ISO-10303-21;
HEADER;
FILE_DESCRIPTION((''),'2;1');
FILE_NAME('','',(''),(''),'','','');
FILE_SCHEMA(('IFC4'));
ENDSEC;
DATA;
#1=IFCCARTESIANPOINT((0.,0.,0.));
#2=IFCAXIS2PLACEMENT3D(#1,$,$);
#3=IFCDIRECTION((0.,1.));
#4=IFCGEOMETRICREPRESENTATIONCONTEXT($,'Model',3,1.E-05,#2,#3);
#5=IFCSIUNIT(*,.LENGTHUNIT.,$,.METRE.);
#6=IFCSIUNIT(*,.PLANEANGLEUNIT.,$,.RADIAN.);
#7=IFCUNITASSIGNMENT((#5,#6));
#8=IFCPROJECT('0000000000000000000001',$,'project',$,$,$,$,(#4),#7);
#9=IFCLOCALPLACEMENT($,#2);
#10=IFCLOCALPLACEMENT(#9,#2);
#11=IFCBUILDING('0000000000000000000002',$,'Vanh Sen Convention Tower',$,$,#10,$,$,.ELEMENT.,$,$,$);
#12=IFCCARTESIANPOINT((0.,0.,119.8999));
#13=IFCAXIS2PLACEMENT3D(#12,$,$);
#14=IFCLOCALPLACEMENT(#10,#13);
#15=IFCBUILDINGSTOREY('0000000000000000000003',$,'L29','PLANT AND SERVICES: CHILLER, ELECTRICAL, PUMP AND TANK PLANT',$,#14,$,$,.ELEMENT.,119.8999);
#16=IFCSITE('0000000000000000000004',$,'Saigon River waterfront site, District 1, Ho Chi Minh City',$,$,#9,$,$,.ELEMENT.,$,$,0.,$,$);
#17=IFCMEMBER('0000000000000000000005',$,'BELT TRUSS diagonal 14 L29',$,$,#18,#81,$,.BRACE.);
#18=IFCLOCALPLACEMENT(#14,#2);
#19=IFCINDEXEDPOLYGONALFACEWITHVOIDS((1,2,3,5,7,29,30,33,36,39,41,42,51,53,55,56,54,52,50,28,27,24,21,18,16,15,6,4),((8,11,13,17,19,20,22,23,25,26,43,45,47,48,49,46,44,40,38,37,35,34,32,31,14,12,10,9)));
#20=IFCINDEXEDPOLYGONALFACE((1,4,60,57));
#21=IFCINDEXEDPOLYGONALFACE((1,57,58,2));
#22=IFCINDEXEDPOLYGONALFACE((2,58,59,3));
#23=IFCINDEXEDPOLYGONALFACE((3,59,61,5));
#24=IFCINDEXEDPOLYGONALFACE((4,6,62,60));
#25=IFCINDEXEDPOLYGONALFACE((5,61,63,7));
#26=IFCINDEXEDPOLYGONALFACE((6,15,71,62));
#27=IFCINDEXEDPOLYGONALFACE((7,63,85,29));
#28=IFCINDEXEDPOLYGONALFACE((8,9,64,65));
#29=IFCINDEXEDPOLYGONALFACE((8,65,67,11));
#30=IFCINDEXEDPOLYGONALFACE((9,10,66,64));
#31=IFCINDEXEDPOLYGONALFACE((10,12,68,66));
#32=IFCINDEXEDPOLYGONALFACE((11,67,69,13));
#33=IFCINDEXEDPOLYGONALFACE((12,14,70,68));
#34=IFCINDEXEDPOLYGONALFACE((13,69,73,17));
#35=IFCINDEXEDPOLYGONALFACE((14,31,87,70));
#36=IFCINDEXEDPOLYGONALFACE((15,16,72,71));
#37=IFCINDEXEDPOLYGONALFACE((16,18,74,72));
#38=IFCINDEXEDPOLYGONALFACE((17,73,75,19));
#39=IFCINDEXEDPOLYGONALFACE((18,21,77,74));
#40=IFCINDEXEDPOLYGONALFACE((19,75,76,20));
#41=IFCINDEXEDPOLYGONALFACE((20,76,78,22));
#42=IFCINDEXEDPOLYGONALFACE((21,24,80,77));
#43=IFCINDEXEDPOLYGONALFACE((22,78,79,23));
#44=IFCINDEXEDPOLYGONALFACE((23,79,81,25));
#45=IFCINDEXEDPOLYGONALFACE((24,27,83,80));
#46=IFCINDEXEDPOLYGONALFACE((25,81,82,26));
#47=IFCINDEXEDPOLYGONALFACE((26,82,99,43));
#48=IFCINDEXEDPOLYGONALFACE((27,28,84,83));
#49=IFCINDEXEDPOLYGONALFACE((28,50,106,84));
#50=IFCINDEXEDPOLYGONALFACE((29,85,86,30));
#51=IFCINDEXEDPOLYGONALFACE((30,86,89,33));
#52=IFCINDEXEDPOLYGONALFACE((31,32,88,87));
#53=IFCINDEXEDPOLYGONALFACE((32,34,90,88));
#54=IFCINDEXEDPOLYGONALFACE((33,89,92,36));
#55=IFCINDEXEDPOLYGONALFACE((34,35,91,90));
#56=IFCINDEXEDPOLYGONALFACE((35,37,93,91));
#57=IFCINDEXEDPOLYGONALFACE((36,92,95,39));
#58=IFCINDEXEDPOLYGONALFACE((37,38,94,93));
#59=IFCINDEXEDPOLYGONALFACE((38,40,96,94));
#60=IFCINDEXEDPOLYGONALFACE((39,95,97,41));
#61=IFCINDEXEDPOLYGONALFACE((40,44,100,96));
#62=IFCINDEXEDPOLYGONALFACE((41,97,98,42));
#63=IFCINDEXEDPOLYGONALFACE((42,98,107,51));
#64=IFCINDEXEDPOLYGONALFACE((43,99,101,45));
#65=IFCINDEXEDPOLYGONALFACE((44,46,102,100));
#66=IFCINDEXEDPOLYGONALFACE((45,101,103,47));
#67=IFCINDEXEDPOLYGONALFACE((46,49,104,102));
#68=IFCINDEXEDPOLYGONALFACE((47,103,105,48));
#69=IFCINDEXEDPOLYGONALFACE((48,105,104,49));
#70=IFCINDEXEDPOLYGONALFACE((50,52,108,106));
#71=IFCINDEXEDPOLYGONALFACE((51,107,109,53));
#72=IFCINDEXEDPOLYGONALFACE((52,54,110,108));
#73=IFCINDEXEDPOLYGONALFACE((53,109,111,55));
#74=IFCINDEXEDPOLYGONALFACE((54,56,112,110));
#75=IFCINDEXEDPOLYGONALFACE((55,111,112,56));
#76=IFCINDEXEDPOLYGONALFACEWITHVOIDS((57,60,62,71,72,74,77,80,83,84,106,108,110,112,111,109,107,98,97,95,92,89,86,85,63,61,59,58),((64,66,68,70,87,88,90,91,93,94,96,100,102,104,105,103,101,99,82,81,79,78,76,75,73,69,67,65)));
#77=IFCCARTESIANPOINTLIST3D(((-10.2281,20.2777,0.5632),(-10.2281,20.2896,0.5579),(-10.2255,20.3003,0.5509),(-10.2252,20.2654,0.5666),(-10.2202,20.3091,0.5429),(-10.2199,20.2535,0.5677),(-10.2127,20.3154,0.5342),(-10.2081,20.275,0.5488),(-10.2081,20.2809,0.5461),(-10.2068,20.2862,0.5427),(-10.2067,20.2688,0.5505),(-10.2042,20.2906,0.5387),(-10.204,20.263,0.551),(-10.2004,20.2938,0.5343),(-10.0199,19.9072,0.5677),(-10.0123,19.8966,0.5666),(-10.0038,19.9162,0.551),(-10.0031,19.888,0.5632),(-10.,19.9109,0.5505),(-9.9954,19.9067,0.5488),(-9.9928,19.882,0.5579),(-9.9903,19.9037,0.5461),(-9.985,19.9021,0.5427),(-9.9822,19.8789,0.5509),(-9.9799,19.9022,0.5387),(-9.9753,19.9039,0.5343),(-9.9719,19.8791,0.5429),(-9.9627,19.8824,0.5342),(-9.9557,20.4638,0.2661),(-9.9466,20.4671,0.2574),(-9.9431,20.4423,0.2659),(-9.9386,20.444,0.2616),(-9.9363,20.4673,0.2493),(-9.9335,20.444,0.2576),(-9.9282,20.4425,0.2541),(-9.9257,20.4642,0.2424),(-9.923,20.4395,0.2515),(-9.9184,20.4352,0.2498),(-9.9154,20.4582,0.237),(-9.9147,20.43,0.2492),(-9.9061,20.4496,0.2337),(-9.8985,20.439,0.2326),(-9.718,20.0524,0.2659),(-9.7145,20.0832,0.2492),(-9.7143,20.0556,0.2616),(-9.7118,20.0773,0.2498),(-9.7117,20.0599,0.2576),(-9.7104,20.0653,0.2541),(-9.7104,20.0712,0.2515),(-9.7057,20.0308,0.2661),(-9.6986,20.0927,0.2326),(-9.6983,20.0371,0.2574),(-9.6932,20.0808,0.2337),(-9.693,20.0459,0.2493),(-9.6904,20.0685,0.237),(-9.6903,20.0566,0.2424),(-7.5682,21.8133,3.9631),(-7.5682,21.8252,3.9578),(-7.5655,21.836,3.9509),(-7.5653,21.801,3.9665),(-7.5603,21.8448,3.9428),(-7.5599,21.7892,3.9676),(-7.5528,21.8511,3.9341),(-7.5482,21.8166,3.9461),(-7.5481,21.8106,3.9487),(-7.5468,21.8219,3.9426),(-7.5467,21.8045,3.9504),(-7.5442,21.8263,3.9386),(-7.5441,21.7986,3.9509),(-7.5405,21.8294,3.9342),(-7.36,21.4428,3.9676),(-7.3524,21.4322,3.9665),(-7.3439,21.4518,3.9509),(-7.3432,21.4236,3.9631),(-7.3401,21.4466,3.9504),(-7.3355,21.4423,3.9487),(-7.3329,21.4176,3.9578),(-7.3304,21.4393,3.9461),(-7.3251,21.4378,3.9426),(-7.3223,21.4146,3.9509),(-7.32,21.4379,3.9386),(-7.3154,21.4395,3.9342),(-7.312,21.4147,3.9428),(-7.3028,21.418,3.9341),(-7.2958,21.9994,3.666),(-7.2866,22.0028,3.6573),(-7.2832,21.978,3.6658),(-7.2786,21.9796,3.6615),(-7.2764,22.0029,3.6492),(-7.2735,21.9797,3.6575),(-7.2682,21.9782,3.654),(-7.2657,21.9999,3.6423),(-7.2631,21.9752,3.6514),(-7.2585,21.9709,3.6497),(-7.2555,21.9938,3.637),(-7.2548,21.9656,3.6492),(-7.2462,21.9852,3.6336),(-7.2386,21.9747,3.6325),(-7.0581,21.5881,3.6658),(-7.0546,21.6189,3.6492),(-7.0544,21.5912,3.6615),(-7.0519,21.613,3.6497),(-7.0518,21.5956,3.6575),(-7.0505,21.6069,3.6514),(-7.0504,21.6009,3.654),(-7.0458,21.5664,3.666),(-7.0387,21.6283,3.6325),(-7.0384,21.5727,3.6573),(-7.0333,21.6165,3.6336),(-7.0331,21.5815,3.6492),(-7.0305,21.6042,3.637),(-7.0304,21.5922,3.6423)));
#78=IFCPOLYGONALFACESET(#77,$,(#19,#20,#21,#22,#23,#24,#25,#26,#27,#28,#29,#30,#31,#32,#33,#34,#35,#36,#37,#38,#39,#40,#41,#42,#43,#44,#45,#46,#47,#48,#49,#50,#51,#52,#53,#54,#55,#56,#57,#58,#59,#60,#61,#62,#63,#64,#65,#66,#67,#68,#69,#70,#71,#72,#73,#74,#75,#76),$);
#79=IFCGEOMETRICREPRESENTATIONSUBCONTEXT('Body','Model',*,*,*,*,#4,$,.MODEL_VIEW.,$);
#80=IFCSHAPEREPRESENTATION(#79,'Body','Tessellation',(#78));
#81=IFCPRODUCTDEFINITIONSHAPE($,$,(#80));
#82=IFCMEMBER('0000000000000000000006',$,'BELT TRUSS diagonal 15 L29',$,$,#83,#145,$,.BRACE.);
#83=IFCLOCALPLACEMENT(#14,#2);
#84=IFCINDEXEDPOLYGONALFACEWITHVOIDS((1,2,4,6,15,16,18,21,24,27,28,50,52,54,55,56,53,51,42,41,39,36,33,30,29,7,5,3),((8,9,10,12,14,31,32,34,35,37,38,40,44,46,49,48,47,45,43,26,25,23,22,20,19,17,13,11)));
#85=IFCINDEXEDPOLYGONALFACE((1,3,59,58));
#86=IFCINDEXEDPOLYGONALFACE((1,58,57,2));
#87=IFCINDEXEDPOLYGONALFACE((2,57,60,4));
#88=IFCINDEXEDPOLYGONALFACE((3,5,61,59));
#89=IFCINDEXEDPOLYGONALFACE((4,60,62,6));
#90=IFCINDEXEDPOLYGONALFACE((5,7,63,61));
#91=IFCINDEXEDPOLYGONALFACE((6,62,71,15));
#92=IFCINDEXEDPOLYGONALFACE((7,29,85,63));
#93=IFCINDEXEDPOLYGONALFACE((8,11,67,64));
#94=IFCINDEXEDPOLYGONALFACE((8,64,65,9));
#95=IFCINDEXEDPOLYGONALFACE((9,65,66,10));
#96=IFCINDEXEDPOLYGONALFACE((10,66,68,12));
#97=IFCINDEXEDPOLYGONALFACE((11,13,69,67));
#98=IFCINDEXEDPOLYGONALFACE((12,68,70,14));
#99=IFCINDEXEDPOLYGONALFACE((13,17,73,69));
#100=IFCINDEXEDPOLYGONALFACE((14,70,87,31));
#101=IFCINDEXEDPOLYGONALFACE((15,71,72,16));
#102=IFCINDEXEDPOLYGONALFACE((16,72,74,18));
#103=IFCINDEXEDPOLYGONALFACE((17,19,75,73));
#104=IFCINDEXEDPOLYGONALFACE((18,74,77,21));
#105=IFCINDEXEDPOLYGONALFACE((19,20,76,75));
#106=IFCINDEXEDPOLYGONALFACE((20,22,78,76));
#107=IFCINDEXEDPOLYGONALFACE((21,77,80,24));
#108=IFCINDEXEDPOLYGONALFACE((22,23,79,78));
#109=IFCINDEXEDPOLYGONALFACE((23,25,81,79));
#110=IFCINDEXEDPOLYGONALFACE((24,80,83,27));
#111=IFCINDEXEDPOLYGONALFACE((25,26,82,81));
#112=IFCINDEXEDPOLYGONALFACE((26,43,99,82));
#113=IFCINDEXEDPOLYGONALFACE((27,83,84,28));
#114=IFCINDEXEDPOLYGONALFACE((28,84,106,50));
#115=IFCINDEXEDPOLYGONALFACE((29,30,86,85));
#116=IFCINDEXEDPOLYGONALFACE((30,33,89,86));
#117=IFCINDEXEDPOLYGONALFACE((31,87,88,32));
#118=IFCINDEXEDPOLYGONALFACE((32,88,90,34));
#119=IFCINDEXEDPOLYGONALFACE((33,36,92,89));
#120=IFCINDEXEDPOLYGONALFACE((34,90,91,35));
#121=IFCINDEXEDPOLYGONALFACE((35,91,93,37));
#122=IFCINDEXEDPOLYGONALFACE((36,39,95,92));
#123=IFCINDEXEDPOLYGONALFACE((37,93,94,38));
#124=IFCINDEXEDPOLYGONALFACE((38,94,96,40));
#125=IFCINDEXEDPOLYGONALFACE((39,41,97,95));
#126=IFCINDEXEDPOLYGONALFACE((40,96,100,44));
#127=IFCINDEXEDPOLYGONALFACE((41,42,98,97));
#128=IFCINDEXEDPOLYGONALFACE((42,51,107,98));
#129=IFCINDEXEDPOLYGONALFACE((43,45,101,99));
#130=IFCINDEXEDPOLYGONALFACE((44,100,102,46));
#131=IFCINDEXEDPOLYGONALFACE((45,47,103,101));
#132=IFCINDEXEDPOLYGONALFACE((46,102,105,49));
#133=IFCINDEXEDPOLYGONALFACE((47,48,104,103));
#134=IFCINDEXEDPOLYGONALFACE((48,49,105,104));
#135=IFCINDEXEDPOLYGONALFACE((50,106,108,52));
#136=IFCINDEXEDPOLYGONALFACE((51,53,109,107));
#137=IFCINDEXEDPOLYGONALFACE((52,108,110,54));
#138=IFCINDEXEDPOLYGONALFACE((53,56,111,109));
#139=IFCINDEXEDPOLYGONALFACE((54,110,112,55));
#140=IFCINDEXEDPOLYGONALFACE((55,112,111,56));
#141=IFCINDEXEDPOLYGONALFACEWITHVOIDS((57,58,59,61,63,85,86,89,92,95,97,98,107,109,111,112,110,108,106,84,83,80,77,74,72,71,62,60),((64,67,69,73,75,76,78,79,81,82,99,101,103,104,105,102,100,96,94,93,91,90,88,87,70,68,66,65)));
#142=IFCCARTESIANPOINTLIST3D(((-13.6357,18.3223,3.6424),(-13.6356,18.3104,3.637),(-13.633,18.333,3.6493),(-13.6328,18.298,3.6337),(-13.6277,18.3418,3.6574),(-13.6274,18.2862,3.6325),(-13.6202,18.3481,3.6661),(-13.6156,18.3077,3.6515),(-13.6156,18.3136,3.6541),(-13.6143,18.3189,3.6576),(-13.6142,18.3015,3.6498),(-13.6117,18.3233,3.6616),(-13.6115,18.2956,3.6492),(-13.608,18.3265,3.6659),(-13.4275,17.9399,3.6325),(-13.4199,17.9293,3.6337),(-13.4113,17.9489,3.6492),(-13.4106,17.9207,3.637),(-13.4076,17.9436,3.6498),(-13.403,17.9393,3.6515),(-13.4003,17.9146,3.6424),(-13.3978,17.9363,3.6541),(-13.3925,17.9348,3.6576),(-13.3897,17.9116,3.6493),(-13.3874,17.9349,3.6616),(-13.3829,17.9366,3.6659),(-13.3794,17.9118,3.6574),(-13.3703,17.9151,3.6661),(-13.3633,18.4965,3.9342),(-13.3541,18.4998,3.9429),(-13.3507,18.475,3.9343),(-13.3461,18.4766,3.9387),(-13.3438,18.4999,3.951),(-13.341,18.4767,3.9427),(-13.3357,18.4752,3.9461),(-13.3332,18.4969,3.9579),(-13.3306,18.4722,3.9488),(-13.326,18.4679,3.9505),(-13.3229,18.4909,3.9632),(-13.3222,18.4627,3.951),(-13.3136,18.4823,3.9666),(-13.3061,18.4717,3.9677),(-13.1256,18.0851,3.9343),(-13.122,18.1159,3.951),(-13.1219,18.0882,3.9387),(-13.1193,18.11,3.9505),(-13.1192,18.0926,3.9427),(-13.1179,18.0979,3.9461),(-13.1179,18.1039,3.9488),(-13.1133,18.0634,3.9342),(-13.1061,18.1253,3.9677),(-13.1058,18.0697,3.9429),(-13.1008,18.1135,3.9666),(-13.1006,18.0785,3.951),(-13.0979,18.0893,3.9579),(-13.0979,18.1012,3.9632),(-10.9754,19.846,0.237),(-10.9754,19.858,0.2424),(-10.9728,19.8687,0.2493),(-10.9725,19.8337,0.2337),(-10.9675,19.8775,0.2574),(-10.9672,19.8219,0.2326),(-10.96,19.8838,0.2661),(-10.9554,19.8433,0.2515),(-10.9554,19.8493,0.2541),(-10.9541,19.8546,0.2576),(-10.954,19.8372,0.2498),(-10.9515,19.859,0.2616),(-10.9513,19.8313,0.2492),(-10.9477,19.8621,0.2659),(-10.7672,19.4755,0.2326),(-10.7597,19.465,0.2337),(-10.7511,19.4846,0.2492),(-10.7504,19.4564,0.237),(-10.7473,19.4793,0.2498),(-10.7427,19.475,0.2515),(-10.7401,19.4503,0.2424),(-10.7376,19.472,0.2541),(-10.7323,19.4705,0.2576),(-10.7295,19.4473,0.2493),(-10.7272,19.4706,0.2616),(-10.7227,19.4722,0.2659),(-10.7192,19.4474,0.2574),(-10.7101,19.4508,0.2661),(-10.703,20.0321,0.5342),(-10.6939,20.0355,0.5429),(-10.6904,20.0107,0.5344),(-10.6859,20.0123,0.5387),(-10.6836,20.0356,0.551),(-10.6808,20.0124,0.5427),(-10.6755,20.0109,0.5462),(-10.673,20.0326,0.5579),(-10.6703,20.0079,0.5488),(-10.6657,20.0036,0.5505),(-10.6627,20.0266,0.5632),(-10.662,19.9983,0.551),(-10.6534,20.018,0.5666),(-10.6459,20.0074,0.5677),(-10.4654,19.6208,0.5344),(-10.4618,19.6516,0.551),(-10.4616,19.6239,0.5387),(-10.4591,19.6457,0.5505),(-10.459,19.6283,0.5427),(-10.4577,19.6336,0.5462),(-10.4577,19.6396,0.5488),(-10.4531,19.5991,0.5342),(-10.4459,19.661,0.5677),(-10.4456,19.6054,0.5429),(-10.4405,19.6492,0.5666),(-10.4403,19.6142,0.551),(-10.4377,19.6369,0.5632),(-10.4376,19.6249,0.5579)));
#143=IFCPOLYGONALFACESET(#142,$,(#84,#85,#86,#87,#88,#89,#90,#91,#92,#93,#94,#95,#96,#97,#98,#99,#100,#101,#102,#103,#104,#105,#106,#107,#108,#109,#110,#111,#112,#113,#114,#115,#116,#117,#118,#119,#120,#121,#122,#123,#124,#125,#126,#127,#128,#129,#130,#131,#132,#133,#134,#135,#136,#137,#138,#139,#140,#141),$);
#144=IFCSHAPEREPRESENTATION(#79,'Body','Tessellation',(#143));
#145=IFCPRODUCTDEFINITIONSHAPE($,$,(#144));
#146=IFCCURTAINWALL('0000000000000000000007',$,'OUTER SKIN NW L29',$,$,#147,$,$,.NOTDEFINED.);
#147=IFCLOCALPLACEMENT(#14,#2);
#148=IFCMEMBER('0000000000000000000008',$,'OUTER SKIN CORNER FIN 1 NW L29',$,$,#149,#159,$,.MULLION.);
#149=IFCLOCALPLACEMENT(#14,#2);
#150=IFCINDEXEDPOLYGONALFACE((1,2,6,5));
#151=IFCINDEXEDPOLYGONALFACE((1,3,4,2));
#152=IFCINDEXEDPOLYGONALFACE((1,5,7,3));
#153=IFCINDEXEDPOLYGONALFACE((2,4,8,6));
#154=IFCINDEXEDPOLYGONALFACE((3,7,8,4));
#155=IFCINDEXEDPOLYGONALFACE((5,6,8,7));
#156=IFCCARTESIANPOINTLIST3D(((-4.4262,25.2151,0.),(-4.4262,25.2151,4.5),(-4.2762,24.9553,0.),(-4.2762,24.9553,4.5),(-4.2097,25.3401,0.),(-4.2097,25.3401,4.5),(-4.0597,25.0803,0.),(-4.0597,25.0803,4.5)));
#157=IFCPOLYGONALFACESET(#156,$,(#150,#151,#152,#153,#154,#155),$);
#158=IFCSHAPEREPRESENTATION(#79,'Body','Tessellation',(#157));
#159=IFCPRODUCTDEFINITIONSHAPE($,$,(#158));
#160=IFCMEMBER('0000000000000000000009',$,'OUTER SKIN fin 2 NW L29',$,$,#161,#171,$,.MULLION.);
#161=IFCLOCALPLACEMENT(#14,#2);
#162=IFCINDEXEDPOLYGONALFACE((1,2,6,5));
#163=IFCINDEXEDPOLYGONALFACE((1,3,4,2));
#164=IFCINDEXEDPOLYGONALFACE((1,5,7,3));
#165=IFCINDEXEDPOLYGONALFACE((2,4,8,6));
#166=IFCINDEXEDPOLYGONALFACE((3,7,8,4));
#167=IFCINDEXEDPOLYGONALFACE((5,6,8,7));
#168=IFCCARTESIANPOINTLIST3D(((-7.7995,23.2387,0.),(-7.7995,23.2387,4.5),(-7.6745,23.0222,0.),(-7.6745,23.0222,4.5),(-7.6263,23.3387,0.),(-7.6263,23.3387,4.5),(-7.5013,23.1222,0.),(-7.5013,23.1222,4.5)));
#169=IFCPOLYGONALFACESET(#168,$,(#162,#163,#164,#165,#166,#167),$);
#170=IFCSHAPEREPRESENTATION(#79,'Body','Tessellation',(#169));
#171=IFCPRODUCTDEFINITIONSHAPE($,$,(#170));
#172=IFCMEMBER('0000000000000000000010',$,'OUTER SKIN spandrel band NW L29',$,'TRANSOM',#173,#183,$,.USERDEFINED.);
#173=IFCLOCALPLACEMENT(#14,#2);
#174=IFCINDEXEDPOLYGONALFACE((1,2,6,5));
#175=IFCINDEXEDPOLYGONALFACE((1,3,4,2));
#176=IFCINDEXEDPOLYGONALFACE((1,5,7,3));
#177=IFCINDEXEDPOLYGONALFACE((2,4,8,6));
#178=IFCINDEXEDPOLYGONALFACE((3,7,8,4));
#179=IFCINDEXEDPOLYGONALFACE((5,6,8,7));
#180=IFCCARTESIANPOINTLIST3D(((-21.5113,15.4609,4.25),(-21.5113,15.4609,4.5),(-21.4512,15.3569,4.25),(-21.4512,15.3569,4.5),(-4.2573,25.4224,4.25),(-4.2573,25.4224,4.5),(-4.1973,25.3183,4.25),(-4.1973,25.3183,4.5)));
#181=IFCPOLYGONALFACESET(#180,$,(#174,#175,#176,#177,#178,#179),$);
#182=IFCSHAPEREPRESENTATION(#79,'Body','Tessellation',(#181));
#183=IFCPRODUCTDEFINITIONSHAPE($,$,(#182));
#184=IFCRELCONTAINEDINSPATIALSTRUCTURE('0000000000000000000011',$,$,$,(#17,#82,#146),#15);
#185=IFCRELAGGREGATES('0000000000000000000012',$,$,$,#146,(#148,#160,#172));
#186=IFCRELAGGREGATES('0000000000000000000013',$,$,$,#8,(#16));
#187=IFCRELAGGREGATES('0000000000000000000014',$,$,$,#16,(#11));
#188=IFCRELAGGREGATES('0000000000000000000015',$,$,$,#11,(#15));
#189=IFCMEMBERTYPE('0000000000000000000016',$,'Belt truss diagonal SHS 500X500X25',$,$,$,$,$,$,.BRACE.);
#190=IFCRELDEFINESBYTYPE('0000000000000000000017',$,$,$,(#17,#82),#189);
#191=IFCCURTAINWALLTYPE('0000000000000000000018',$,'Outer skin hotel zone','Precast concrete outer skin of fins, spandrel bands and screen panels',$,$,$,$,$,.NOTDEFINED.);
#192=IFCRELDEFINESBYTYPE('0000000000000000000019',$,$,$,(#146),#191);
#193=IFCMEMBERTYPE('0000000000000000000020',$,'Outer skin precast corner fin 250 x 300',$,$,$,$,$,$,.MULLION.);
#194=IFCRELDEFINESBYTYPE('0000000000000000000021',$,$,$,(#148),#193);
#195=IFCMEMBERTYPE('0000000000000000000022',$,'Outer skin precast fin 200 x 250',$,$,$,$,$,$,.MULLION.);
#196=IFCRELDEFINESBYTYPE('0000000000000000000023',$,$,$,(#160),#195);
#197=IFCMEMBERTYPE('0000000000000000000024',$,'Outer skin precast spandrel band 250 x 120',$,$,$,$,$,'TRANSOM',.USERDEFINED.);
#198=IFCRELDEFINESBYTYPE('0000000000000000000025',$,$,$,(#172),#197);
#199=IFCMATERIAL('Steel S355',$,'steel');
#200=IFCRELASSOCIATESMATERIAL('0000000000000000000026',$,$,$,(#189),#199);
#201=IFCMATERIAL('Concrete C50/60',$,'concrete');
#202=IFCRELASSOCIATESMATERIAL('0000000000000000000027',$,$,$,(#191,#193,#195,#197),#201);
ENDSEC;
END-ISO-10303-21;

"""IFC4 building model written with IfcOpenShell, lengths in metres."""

from ifc_helpers import new_model, si_unit, direction, frame, origin, origin_2d, place, context, subcontext, project, spatial, rectangle, hollow_rectangle, extrude, material, material_profile, profile_set, type_object, element, aggregate, save


model = new_model("IFC4")

# Units and contexts
model_context = context("Model", 3, precision=1e-05, world=origin(), true_north=direction((0.0, 1.0)))
body_context = subcontext(model_context, "Body", "Model", "MODEL_VIEW")
ifc_project = project(units=[si_unit("LENGTHUNIT", "METRE"), si_unit("PLANEANGLEUNIT", "RADIAN")], contexts=[model_context])

# Site, building, storey
site_placement = place(None, origin())
site = spatial("IfcSite", under=ifc_project, at=site_placement, Name="Saigon River waterfront site, District 1, Ho Chi Minh City", CompositionType="ELEMENT", RefElevation=0.0)
building_placement = place(site_placement, origin())
building = spatial("IfcBuilding", under=site, at=building_placement, Name="Vanh Sen Convention Tower", CompositionType="ELEMENT")
storey_placement = place(building_placement, frame((0.0, 0.0, 119.8999)))
storey = spatial("IfcBuildingStorey", under=building, at=storey_placement, Name="L29", Description="PLANT AND SERVICES: CHILLER, ELECTRICAL, PUMP AND TANK PLANT", CompositionType="ELEMENT", Elevation=119.8999)

# Members
ifc_material_1 = material(Name="Steel S355", Category="steel")
ifc_material_profile_1 = material_profile(ifc_material_1, hollow_rectangle(XDim=0.5, YDim=0.5, WallThickness=0.0249, InnerFilletRadius=0.0249, OuterFilletRadius=0.05, at=origin_2d()), Name="SHS 500X500X25")
ifc_profile_set_1 = profile_set([ifc_material_profile_1], Name="Steel S355")
member_type_1 = type_object("IfcMemberType", Name="Belt truss diagonal SHS 500X500X25", PredefinedType="BRACE", material=ifc_profile_set_1)
member_1_placement = place(storey_placement, frame((-7.2993, 21.7087, 3.8), z_axis=(-0.580542, -0.335164, -0.742049), x_axis=(0.499986, -0.866033, 0.0)))
element("IfcMember", 1, at=member_1_placement, inside=storey, type_object=member_type_1, Name="BELT TRUSS diagonal 14 L29", PredefinedType="BRACE", context=body_context, shape_type="SweptSolid", body=[
    extrude(hollow_rectangle(XDim=0.5, YDim=0.5, WallThickness=0.0249, InnerFilletRadius=0.0249, OuterFilletRadius=0.05, at=origin_2d()), origin(), (0.0, 0.0, 1.0), 4.5818),
])
member_2_placement = place(storey_placement, frame((-10.7065, 19.7415, 0.4001), z_axis=(-0.580577, -0.335153, 0.742026), x_axis=(0.499952, -0.866053, 0.0)))
element("IfcMember", 2, at=member_2_placement, inside=storey, type_object=member_type_1, Name="BELT TRUSS diagonal 15 L29", PredefinedType="BRACE", context=body_context, shape_type="SweptSolid", body=[
    extrude(hollow_rectangle(XDim=0.5, YDim=0.5, WallThickness=0.0249, InnerFilletRadius=0.0249, OuterFilletRadius=0.05, at=origin_2d()), origin(), (0.0, 0.0, 1.0), 4.582),
])

# Curtain wall, members
ifc_material_2 = material(Name="Concrete C50/60", Category="concrete")
curtain_wall_type = type_object("IfcCurtainWallType", Name="Outer skin hotel zone", Description="Precast concrete outer skin of fins, spandrel bands and screen panels", PredefinedType="NOTDEFINED", material=ifc_material_2)
curtain_wall_1_placement = place(storey_placement, origin())
curtain_wall_1 = element("IfcCurtainWall", 3, at=curtain_wall_1_placement, inside=storey, type_object=curtain_wall_type, Name="OUTER SKIN NW L29", PredefinedType="NOTDEFINED")
ifc_material_profile_2 = material_profile(ifc_material_2, rectangle(XDim=0.25, YDim=0.3, at=origin_2d()), Name="Outer skin precast corner fin 250 x 300")
ifc_profile_set_2 = profile_set([ifc_material_profile_2], Name="Concrete C50/60")
member_type_2 = type_object("IfcMemberType", Name="Outer skin precast corner fin 250 x 300", PredefinedType="MULLION", material=ifc_profile_set_2)
member_3_placement = place(storey_placement, frame((-4.2429, 25.1477, 0.0), z_axis=(0.0, 0.0, 1.0), x_axis=(-0.866025, -0.5, 0.0)))
member_3 = element("IfcMember", 4, at=member_3_placement, type_object=member_type_2, Name="OUTER SKIN CORNER FIN 1 NW L29", PredefinedType="MULLION", context=body_context, shape_type="SweptSolid", body=[
    extrude(rectangle(XDim=0.25, YDim=0.3, at=origin_2d()), origin(), (0.0, 0.0, 1.0), 4.5),
])
ifc_material_profile_3 = material_profile(ifc_material_2, rectangle(XDim=0.2, YDim=0.25, at=origin_2d()), Name="Outer skin precast fin 200 x 250")
ifc_profile_set_3 = profile_set([ifc_material_profile_3], Name="Concrete C50/60")
member_type_3 = type_object("IfcMemberType", Name="Outer skin precast fin 200 x 250", PredefinedType="MULLION", material=ifc_profile_set_3)
member_4_placement = place(storey_placement, frame((-7.6504, 23.1804, 0.0), z_axis=(0.0, 0.0, 1.0), x_axis=(-0.866025, -0.5, 0.0)))
member_4 = element("IfcMember", 5, at=member_4_placement, type_object=member_type_3, Name="OUTER SKIN fin 2 NW L29", PredefinedType="MULLION", context=body_context, shape_type="SweptSolid", body=[
    extrude(rectangle(XDim=0.2, YDim=0.25, at=origin_2d()), origin(), (0.0, 0.0, 1.0), 4.5),
])
ifc_material_profile_4 = material_profile(ifc_material_2, rectangle(XDim=0.1201, YDim=0.25, at=origin_2d()), Name="Outer skin precast spandrel band 250 x 120")
ifc_profile_set_4 = profile_set([ifc_material_profile_4], Name="Concrete C50/60")
member_type_4 = type_object("IfcMemberType", Name="Outer skin precast spandrel band 250 x 120", ElementType="TRANSOM", PredefinedType="USERDEFINED", material=ifc_profile_set_4)
member_5_placement = place(storey_placement, frame((-4.2273, 25.3704, 4.375), z_axis=(-0.866028, -0.499995, 0.0), x_axis=(0.499995, -0.866028, 0.0)))
member_5 = element("IfcMember", 6, at=member_5_placement, type_object=member_type_4, Name="OUTER SKIN spandrel band NW L29", ObjectType="TRANSOM", PredefinedType="USERDEFINED", context=body_context, shape_type="SweptSolid", body=[
    extrude(rectangle(XDim=0.1201, YDim=0.25, at=origin_2d()), origin(), (0.0, 0.0, 1.0), 19.9231),
])

aggregate(curtain_wall_1, [member_3, member_4, member_5])

save(model, "model.ifc")
